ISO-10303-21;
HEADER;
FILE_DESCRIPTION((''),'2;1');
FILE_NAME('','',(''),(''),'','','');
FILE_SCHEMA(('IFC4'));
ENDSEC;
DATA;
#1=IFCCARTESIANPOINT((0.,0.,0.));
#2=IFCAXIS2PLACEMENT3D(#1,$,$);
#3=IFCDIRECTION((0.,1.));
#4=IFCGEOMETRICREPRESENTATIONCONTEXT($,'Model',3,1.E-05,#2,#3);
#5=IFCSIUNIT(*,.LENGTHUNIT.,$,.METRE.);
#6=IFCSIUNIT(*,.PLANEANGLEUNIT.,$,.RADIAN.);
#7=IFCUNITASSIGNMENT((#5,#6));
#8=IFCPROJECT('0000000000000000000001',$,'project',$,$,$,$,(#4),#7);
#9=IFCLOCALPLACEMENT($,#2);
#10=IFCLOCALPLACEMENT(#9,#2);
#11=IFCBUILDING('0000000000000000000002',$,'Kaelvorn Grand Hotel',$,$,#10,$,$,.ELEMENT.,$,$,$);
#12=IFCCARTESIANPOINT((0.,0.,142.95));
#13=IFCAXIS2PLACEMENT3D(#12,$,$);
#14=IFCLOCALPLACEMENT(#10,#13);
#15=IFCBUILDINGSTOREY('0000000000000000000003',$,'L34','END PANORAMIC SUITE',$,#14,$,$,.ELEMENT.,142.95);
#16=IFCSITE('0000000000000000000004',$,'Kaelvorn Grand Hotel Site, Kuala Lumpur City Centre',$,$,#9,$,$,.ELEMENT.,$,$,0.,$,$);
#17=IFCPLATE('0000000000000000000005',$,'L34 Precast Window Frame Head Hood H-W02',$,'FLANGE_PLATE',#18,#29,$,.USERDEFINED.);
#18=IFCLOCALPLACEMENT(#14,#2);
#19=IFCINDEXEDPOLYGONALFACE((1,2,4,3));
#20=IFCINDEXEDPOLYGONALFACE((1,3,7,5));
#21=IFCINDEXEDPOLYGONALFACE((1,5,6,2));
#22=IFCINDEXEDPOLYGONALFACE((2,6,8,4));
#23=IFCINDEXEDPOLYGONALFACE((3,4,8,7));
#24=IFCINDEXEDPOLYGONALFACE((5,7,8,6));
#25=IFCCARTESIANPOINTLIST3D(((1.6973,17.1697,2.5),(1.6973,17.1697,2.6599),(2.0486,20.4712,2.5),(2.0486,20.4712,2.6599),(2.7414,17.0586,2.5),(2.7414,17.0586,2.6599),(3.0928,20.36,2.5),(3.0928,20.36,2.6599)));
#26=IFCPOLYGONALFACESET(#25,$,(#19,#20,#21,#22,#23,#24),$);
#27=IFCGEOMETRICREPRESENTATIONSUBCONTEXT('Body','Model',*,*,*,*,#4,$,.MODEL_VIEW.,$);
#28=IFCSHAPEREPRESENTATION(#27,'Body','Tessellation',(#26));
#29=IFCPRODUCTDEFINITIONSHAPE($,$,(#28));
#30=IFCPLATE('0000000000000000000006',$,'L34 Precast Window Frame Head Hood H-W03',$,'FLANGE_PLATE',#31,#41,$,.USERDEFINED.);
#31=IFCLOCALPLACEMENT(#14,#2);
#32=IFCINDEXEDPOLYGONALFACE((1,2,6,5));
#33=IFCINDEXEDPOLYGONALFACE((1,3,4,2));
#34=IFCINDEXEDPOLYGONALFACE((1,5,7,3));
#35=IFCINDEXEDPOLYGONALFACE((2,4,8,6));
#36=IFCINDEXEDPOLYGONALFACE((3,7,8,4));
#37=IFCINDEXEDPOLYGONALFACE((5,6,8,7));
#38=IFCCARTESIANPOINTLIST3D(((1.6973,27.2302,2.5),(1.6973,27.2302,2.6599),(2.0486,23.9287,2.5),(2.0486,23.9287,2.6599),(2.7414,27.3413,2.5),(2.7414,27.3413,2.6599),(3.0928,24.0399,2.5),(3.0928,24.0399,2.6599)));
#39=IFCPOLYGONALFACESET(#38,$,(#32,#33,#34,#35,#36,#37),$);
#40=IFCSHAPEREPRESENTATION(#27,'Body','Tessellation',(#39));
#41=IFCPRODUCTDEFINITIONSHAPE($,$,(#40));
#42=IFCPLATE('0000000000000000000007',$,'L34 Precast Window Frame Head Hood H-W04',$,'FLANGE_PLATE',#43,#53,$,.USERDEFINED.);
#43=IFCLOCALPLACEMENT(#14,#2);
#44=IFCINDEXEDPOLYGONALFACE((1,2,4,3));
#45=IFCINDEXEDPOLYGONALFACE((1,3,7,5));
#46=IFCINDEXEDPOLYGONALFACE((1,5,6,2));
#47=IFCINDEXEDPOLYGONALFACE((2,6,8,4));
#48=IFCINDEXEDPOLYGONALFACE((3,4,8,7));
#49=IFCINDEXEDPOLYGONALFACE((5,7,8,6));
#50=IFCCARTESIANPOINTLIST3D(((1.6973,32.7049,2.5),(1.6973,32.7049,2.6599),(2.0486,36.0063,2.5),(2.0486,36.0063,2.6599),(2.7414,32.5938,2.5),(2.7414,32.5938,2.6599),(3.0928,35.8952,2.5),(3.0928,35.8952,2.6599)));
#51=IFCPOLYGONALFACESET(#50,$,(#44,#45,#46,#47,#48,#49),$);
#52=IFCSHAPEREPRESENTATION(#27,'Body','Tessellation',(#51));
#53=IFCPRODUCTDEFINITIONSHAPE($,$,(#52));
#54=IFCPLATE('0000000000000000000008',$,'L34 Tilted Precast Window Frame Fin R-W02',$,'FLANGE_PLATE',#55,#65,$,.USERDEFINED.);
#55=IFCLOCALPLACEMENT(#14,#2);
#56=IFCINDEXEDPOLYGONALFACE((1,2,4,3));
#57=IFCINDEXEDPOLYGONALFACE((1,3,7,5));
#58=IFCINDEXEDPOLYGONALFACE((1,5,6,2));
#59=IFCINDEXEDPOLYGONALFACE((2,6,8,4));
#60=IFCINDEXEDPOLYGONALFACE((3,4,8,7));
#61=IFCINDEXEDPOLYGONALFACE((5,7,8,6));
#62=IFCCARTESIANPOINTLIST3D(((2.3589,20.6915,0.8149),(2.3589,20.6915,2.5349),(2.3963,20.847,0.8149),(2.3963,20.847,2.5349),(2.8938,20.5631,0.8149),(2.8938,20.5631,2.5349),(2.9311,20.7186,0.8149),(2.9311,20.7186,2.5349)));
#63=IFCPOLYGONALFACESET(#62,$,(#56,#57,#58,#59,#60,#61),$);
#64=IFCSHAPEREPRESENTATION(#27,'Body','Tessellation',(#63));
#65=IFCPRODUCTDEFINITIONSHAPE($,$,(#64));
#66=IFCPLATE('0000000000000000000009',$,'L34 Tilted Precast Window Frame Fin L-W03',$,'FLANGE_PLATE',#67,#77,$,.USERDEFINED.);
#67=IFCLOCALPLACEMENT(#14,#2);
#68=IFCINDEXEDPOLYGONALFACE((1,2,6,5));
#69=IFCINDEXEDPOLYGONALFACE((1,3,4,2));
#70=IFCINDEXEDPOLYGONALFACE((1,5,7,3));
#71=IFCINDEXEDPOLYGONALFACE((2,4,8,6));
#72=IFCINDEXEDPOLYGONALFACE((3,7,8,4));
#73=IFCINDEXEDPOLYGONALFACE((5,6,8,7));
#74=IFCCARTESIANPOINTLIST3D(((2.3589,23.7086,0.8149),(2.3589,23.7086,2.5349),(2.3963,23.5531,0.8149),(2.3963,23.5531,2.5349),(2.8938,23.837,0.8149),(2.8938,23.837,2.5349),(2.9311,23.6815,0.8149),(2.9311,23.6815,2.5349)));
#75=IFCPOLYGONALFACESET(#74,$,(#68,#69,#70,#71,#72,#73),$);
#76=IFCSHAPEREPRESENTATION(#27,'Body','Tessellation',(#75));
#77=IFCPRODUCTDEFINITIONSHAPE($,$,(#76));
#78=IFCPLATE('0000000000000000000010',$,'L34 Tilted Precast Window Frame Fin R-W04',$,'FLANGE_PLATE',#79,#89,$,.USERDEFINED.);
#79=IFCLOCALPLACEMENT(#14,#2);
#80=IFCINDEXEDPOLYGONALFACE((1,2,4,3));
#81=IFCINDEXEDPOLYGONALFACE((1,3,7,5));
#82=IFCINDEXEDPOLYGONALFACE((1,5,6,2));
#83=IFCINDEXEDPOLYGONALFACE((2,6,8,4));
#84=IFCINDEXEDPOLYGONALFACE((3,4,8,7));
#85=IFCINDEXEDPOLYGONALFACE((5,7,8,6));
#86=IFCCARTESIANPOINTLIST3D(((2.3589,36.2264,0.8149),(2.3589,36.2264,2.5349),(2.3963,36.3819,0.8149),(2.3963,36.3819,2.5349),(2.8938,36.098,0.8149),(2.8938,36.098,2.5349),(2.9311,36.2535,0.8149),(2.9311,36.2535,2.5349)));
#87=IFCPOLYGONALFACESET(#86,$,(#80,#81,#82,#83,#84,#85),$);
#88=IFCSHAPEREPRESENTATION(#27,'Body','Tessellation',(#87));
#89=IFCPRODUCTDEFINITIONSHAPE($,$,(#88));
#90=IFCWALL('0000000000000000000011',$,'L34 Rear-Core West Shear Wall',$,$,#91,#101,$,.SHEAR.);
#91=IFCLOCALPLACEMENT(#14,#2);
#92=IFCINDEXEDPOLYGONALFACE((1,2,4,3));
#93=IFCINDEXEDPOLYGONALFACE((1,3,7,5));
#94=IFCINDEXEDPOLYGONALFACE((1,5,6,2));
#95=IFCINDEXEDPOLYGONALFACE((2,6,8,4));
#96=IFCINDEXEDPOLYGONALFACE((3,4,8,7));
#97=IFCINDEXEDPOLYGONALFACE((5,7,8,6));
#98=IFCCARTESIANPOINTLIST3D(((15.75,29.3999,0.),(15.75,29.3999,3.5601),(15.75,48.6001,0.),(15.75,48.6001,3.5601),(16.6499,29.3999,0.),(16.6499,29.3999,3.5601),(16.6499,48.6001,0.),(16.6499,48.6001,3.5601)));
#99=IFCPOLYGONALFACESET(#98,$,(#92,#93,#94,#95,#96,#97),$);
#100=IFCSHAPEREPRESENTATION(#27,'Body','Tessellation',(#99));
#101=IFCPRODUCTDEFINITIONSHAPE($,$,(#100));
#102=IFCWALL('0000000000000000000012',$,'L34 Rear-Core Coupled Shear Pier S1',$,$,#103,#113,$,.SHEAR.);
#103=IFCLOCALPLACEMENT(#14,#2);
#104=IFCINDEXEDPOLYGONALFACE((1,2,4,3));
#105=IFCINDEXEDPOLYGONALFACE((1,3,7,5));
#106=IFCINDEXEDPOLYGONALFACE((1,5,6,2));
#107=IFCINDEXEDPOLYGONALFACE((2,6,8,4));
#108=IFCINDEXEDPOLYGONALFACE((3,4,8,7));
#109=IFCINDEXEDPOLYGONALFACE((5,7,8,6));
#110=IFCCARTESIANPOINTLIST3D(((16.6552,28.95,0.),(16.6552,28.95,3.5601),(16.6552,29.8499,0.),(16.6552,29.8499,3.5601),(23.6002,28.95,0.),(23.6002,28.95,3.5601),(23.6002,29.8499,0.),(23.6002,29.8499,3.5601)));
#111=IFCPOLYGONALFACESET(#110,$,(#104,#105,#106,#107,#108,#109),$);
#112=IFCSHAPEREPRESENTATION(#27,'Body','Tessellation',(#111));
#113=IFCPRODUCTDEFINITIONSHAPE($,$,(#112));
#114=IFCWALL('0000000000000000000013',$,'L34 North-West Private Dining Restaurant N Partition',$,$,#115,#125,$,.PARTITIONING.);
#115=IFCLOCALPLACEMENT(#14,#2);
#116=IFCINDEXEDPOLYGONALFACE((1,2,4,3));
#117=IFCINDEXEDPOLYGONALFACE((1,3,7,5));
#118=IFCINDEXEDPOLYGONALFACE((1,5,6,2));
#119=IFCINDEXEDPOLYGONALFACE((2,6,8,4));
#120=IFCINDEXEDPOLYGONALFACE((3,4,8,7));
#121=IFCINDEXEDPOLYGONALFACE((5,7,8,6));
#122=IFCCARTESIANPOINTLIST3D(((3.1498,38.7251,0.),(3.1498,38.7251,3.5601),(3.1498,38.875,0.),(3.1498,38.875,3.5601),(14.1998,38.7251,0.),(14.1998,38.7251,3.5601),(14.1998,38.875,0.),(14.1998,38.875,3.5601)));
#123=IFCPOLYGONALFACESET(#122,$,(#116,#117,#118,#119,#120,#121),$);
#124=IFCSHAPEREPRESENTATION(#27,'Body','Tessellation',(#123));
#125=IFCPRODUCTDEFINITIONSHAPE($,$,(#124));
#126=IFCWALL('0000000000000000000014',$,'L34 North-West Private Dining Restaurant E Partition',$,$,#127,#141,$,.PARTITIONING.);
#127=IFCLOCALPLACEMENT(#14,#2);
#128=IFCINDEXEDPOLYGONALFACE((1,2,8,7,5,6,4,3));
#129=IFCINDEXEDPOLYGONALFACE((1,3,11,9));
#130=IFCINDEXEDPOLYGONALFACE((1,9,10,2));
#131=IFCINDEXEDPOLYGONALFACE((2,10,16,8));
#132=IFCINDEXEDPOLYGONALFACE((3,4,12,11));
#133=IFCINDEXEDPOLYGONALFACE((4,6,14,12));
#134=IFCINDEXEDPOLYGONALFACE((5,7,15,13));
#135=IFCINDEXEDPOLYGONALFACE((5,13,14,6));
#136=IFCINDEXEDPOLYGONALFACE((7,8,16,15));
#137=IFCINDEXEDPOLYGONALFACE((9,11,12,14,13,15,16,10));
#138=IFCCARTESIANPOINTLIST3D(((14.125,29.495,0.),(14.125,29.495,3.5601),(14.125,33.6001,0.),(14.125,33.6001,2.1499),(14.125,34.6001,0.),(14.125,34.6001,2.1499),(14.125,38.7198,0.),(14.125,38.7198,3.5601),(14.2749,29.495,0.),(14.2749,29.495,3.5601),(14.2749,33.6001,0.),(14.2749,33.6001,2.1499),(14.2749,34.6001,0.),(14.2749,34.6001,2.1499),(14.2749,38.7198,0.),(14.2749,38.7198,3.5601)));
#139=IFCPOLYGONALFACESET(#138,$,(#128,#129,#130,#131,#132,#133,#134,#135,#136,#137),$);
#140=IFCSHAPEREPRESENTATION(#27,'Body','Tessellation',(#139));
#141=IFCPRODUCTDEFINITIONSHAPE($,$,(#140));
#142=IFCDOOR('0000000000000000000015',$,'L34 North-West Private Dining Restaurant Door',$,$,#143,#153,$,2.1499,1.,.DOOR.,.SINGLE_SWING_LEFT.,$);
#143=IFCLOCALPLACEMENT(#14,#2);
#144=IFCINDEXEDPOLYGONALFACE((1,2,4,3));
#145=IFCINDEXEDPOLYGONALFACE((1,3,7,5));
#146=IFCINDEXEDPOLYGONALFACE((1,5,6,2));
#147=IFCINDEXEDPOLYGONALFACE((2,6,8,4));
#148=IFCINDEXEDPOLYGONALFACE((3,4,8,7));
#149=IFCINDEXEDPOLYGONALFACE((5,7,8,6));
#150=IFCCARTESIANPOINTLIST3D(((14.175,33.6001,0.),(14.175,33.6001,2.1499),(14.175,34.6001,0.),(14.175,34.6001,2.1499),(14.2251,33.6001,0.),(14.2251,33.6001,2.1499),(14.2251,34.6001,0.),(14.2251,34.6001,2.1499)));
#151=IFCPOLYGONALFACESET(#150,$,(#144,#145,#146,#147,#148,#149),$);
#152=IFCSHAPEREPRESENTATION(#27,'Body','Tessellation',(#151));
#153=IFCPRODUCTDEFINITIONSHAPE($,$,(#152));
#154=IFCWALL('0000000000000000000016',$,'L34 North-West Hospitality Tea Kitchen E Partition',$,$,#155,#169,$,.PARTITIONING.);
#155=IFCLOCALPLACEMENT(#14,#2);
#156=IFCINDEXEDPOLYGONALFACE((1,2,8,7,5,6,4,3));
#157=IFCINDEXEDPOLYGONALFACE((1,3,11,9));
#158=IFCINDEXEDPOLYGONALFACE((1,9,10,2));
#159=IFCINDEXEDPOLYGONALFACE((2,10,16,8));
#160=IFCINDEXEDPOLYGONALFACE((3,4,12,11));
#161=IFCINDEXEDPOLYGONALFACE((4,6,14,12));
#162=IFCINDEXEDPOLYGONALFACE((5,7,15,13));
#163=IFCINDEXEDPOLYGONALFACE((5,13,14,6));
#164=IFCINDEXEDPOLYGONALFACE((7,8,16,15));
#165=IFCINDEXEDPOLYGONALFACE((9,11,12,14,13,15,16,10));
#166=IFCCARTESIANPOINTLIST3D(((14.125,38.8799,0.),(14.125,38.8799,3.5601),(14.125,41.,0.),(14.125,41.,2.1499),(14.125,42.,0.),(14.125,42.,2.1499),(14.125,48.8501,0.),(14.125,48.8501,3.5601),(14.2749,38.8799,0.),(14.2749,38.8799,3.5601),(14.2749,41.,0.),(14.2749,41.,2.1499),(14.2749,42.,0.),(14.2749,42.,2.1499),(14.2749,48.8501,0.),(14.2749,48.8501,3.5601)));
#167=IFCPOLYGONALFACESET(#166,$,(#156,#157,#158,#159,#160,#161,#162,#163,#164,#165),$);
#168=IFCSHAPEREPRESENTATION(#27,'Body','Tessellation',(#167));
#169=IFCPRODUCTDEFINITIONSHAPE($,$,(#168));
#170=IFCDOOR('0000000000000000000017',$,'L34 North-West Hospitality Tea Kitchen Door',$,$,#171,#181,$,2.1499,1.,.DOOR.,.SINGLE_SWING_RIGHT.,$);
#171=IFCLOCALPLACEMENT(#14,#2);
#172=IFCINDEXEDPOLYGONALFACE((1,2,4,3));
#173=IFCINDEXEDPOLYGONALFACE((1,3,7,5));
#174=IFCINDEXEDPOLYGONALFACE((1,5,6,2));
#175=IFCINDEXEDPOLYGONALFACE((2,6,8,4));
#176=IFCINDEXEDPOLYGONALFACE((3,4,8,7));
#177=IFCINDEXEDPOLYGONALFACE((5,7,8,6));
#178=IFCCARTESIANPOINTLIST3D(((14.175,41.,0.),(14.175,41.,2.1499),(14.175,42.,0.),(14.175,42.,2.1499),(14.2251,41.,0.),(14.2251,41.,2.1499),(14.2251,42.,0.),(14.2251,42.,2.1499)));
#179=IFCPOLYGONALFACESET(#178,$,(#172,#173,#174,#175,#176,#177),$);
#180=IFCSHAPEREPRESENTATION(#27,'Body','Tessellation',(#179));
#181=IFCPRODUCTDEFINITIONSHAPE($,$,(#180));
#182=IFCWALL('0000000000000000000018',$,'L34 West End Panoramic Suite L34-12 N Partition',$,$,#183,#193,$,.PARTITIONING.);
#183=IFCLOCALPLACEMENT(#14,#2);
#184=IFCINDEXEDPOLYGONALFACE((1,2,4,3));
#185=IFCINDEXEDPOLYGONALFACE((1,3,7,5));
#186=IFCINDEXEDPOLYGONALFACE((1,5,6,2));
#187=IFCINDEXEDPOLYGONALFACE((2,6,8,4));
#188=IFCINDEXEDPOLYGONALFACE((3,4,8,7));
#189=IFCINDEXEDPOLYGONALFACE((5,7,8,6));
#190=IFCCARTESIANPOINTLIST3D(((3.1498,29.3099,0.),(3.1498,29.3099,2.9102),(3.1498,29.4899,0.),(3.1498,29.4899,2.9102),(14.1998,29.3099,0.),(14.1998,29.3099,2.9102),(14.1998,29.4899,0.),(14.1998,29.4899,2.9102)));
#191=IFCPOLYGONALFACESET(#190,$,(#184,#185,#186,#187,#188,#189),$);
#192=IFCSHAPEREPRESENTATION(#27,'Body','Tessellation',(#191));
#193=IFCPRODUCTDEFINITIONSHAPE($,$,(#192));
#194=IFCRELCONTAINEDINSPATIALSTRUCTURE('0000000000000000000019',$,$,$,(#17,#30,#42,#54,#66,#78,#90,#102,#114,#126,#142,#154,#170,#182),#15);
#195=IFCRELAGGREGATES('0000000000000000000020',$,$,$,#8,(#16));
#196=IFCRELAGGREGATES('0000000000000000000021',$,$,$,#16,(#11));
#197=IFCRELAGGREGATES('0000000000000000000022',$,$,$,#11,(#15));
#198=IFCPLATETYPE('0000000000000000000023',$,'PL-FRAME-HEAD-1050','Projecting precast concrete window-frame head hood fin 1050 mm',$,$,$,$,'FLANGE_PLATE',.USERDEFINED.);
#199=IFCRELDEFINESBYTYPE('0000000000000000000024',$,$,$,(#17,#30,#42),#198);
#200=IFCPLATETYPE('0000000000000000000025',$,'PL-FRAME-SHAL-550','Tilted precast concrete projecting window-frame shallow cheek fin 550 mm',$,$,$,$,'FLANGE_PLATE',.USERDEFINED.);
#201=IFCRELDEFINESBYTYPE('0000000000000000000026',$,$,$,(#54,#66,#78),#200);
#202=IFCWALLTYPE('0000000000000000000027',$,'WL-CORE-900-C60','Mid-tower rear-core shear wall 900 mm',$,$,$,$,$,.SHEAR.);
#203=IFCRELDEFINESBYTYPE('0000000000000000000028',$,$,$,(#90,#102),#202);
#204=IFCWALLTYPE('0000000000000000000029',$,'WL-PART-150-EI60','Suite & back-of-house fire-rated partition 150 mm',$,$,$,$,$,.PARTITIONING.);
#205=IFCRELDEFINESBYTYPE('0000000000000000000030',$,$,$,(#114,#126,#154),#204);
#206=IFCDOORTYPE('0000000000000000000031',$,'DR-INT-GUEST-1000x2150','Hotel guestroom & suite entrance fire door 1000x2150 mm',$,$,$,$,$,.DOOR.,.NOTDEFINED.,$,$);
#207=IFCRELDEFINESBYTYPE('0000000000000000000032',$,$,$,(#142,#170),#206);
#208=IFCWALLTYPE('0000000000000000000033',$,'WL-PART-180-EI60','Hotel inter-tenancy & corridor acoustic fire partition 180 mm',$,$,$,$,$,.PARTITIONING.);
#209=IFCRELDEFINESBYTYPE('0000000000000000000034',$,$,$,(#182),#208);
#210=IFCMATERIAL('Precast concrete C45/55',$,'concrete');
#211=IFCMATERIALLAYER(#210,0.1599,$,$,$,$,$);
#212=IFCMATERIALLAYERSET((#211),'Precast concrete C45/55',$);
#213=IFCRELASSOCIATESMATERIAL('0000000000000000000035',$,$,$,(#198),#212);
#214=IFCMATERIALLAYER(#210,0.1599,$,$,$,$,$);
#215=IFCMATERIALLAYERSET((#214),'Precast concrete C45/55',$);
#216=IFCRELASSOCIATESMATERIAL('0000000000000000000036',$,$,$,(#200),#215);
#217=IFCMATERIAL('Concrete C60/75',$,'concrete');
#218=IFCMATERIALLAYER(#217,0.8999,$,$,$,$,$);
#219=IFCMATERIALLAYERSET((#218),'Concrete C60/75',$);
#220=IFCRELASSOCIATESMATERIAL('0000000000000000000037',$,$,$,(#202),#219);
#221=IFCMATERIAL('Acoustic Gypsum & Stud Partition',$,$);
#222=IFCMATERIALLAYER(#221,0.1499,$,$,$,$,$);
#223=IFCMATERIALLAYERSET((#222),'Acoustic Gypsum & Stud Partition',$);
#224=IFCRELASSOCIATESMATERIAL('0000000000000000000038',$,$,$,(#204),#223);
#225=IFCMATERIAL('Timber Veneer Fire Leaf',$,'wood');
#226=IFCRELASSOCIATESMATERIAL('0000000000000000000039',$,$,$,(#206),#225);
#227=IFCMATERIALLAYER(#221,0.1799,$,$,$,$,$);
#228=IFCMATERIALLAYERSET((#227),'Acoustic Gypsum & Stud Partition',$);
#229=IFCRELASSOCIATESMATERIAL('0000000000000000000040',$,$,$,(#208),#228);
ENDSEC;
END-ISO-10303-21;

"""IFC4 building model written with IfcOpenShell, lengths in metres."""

from ifc_helpers import new_model, si_unit, direction, frame, frame_2d, origin, origin_2d, place, context, subcontext, project, spatial, rectangle, extrude, material, layer, layer_set, type_object, element, fill, save


model = new_model("IFC4")

# Units and contexts
model_context = context("Model", 3, precision=1e-05, world=origin(), true_north=direction((0.0, 1.0)))
body_context = subcontext(model_context, "Body", "Model", "MODEL_VIEW")
ifc_project = project(units=[si_unit("LENGTHUNIT", "METRE"), si_unit("PLANEANGLEUNIT", "RADIAN")], contexts=[model_context])

# Site, building, storey
site_placement = place(None, origin())
site = spatial("IfcSite", under=ifc_project, at=site_placement, Name="Kaelvorn Grand Hotel Site, Kuala Lumpur City Centre", CompositionType="ELEMENT", RefElevation=0.0)
building_placement = place(site_placement, origin())
building = spatial("IfcBuilding", under=site, at=building_placement, Name="Kaelvorn Grand Hotel", CompositionType="ELEMENT")
storey_placement = place(building_placement, frame((0.0, 0.0, 142.95)))
storey = spatial("IfcBuildingStorey", under=building, at=storey_placement, Name="L34", Description="END PANORAMIC SUITE", CompositionType="ELEMENT", Elevation=142.95)

# Shared definitions
ifc_material_1 = material(Name="Concrete C60/75", Category="concrete")

# Plates
ifc_material_2 = material(Name="Precast concrete C45/55", Category="concrete")
ifc_layer_1 = layer(ifc_material_2, 0.1599)
ifc_layer_set_1 = layer_set([ifc_layer_1], Name="Precast concrete C45/55")
plate_type_1 = type_object("IfcPlateType", Name="PL-FRAME-HEAD-1050", Description="Projecting precast concrete window-frame head hood fin 1050 mm", ElementType="FLANGE_PLATE", PredefinedType="USERDEFINED", material=ifc_layer_set_1)
for number, where, z_axis, x_axis, name in (
    (1, (2.395, 18.7649, 2.5), (0.0, 0.0, 1.0), (0.10583, 0.994384, 0.0), "L34 Precast Window Frame Head Hood H-W02"),
    (2, (2.395, 25.635, 2.5), (0.0, 0.0, 1.0), (-0.10583, 0.994384, 0.0), "L34 Precast Window Frame Head Hood H-W03"),
    (3, (2.395, 34.3, 2.5), (0.0, 0.0, 1.0), (0.10583, 0.994384, 0.0), "L34 Precast Window Frame Head Hood H-W04"),
):
    element("IfcPlate", number, at=place(storey_placement, frame(where, z_axis=z_axis, x_axis=x_axis)), inside=storey, type_object=plate_type_1, Name=name, ObjectType="FLANGE_PLATE", PredefinedType="USERDEFINED", context=body_context, shape_type="SweptSolid", body=[
        extrude(rectangle(XDim=3.3201, YDim=1.05, at=origin_2d()), origin(), (0.0, 0.0, 1.0), 0.1599),
    ])
ifc_layer_2 = layer(ifc_material_2, 0.1599)
ifc_layer_set_2 = layer_set([ifc_layer_2], Name="Precast concrete C45/55")
plate_type_2 = type_object("IfcPlateType", Name="PL-FRAME-SHAL-550", Description="Tilted precast concrete projecting window-frame shallow cheek fin 550 mm", ElementType="FLANGE_PLATE", PredefinedType="USERDEFINED", material=ifc_layer_set_2)
for number, where, z_axis, x_axis, name in (
    (4, (2.645, 20.7051, 0.8149), (0.0, 0.0, 1.0), (0.233445, 0.97237, 0.0), "L34 Tilted Precast Window Frame Fin R-W02"),
    (5, (2.645, 23.6951, 0.8149), (0.0, 0.0, 1.0), (-0.233445, 0.97237, 0.0), "L34 Tilted Precast Window Frame Fin L-W03"),
    (6, (2.645, 36.24, 0.8149), (0.0, 0.0, 1.0), (0.233445, 0.97237, 0.0), "L34 Tilted Precast Window Frame Fin R-W04"),
):
    element("IfcPlate", number, at=place(storey_placement, frame(where, z_axis=z_axis, x_axis=x_axis)), inside=storey, type_object=plate_type_2, Name=name, ObjectType="FLANGE_PLATE", PredefinedType="USERDEFINED", context=body_context, shape_type="SweptSolid", body=[
        extrude(rectangle(XDim=0.1599, YDim=0.55, at=origin_2d()), origin(), (0.0, 0.0, 1.0), 1.72),
    ])

# Walls
ifc_layer_3 = layer(ifc_material_1, 0.8999)
ifc_layer_set_3 = layer_set([ifc_layer_3], Name="Concrete C60/75")
wall_type_1 = type_object("IfcWallType", Name="WL-CORE-900-C60", Description="Mid-tower rear-core shear wall 900 mm", PredefinedType="SHEAR", material=ifc_layer_set_3)
wall_1_placement = place(storey_placement, frame((16.2, 29.3999, 0.0), z_axis=(0.0, 0.0, 1.0), x_axis=(0.0, 1.0, 0.0)))
element("IfcWall", 7, at=wall_1_placement, inside=storey, type_object=wall_type_1, Name="L34 Rear-Core West Shear Wall", PredefinedType="SHEAR", context=body_context, shape_type="SweptSolid", body=[
    extrude(rectangle(XDim=19.2002, YDim=0.8999, at=frame_2d((9.6001, 0.0))), origin(), (0.0, 0.0, 1.0), 3.5601),
])
wall_2_placement = place(storey_placement, frame((16.655, 29.3999, 0.0), z_axis=(0.0, 0.0, 1.0), x_axis=(1.0, 0.0, 0.0)))
element("IfcWall", 8, at=wall_2_placement, inside=storey, type_object=wall_type_1, Name="L34 Rear-Core Coupled Shear Pier S1", PredefinedType="SHEAR", context=body_context, shape_type="SweptSolid", body=[
    extrude(rectangle(XDim=6.9451, YDim=0.8999, at=frame_2d((3.4727, 0.0))), origin(), (0.0, 0.0, 1.0), 3.5601),
])
ifc_material_3 = material(Name="Acoustic Gypsum & Stud Partition")
ifc_layer_4 = layer(ifc_material_3, 0.1499)
ifc_layer_set_4 = layer_set([ifc_layer_4], Name="Acoustic Gypsum & Stud Partition")
wall_type_2 = type_object("IfcWallType", Name="WL-PART-150-EI60", Description="Suite & back-of-house fire-rated partition 150 mm", PredefinedType="PARTITIONING", material=ifc_layer_set_4)
wall_3_placement = place(storey_placement, frame((3.1499, 38.8, 0.0), z_axis=(0.0, 0.0, 1.0), x_axis=(1.0, 0.0, 0.0)))
element("IfcWall", 9, at=wall_3_placement, inside=storey, type_object=wall_type_2, Name="L34 North-West Private Dining Restaurant N Partition", PredefinedType="PARTITIONING", context=body_context, shape_type="SweptSolid", body=[
    extrude(rectangle(XDim=11.05, YDim=0.1499, at=frame_2d((5.5249, 0.0))), origin(), (0.0, 0.0, 1.0), 3.5601),
])

# Walls, openings, doors
wall_4_placement = place(storey_placement, frame((14.2, 29.4951, 0.0), z_axis=(0.0, 0.0, 1.0), x_axis=(0.0, 1.0, 0.0)))
wall_4 = element("IfcWall", 10, at=wall_4_placement, inside=storey, type_object=wall_type_2, Name="L34 North-West Private Dining Restaurant E Partition", PredefinedType="PARTITIONING", context=body_context, shape_type="SweptSolid", body=[
    extrude(rectangle(XDim=9.2249, YDim=0.1499, at=frame_2d((4.6123, 0.0))), origin(), (0.0, 0.0, 1.0), 3.5601),
])
opening_1_placement = place(wall_4_placement, frame((4.105, 0.0, 0.0)))
opening_1 = element("IfcOpeningElement", 11, at=opening_1_placement, cuts=wall_4, PredefinedType="OPENING", context=body_context, shape_type="SweptSolid", body=[
    extrude(rectangle(XDim=1.0, YDim=2.1499, at=frame_2d((0.5, 1.075))), frame((0.0, 0.085, 0.0), z_axis=(0.0, -1.0, 0.0), x_axis=(1.0, 0.0, 0.0)), (0.0, 0.0, 1.0), 0.1699),
])
ifc_material_4 = material(Name="Timber Veneer Fire Leaf", Category="wood")
door_type_1 = type_object("IfcDoorType", Name="DR-INT-GUEST-1000x2150", Description="Hotel guestroom & suite entrance fire door 1000x2150 mm", OperationType="NOTDEFINED", PredefinedType="DOOR", material=ifc_material_4)
door_1_placement = place(opening_1_placement, origin())
door_1 = element("IfcDoor", 12, at=door_1_placement, inside=storey, type_object=door_type_1, Name="L34 North-West Private Dining Restaurant Door", OperationType="SINGLE_SWING_LEFT", OverallHeight=2.1499, OverallWidth=1.0, PredefinedType="DOOR", context=body_context, shape_type="SweptSolid", body=[
    extrude(rectangle(XDim=1.0, YDim=2.1499, at=frame_2d((0.5, 1.075))), frame((0.0, 0.0249, 0.0), z_axis=(0.0, -1.0, 0.0), x_axis=(1.0, 0.0, 0.0)), (0.0, 0.0, 1.0), 0.05),
])
fill(opening_1, door_1)
wall_5_placement = place(storey_placement, frame((14.2, 38.8799, 0.0), z_axis=(0.0, 0.0, 1.0), x_axis=(0.0, 1.0, 0.0)))
wall_5 = element("IfcWall", 13, at=wall_5_placement, inside=storey, type_object=wall_type_2, Name="L34 North-West Hospitality Tea Kitchen E Partition", PredefinedType="PARTITIONING", context=body_context, shape_type="SweptSolid", body=[
    extrude(rectangle(XDim=9.9702, YDim=0.1499, at=frame_2d((4.9851, 0.0))), origin(), (0.0, 0.0, 1.0), 3.5601),
])
opening_2_placement = place(wall_5_placement, frame((2.1201, 0.0, 0.0)))
opening_2 = element("IfcOpeningElement", 14, at=opening_2_placement, cuts=wall_5, PredefinedType="OPENING", context=body_context, shape_type="SweptSolid", body=[
    extrude(rectangle(XDim=1.0, YDim=2.1499, at=frame_2d((0.5, 1.075))), frame((0.0, 0.085, 0.0), z_axis=(0.0, -1.0, 0.0), x_axis=(1.0, 0.0, 0.0)), (0.0, 0.0, 1.0), 0.1699),
])
door_2_placement = place(opening_2_placement, origin())
door_2 = element("IfcDoor", 15, at=door_2_placement, inside=storey, type_object=door_type_1, Name="L34 North-West Hospitality Tea Kitchen Door", OperationType="SINGLE_SWING_RIGHT", OverallHeight=2.1499, OverallWidth=1.0, PredefinedType="DOOR", context=body_context, shape_type="SweptSolid", body=[
    extrude(rectangle(XDim=1.0, YDim=2.1499, at=frame_2d((0.5, 1.075))), frame((0.0, 0.0249, 0.0), z_axis=(0.0, -1.0, 0.0), x_axis=(1.0, 0.0, 0.0)), (0.0, 0.0, 1.0), 0.05),
])
fill(opening_2, door_2)

# Wall
ifc_layer_5 = layer(ifc_material_3, 0.1799)
ifc_layer_set_5 = layer_set([ifc_layer_5], Name="Acoustic Gypsum & Stud Partition")
wall_type_3 = type_object("IfcWallType", Name="WL-PART-180-EI60", Description="Hotel inter-tenancy & corridor acoustic fire partition 180 mm", PredefinedType="PARTITIONING", material=ifc_layer_set_5)
wall_6_placement = place(storey_placement, frame((3.1499, 29.3999, 0.0), z_axis=(0.0, 0.0, 1.0), x_axis=(1.0, 0.0, 0.0)))
element("IfcWall", 16, at=wall_6_placement, inside=storey, type_object=wall_type_3, Name="L34 West End Panoramic Suite L34-12 N Partition", PredefinedType="PARTITIONING", context=body_context, shape_type="SweptSolid", body=[
    extrude(rectangle(XDim=11.05, YDim=0.1799, at=frame_2d((5.5249, 0.0))), origin(), (0.0, 0.0, 1.0), 2.9102),
])

save(model, "model.ifc")
